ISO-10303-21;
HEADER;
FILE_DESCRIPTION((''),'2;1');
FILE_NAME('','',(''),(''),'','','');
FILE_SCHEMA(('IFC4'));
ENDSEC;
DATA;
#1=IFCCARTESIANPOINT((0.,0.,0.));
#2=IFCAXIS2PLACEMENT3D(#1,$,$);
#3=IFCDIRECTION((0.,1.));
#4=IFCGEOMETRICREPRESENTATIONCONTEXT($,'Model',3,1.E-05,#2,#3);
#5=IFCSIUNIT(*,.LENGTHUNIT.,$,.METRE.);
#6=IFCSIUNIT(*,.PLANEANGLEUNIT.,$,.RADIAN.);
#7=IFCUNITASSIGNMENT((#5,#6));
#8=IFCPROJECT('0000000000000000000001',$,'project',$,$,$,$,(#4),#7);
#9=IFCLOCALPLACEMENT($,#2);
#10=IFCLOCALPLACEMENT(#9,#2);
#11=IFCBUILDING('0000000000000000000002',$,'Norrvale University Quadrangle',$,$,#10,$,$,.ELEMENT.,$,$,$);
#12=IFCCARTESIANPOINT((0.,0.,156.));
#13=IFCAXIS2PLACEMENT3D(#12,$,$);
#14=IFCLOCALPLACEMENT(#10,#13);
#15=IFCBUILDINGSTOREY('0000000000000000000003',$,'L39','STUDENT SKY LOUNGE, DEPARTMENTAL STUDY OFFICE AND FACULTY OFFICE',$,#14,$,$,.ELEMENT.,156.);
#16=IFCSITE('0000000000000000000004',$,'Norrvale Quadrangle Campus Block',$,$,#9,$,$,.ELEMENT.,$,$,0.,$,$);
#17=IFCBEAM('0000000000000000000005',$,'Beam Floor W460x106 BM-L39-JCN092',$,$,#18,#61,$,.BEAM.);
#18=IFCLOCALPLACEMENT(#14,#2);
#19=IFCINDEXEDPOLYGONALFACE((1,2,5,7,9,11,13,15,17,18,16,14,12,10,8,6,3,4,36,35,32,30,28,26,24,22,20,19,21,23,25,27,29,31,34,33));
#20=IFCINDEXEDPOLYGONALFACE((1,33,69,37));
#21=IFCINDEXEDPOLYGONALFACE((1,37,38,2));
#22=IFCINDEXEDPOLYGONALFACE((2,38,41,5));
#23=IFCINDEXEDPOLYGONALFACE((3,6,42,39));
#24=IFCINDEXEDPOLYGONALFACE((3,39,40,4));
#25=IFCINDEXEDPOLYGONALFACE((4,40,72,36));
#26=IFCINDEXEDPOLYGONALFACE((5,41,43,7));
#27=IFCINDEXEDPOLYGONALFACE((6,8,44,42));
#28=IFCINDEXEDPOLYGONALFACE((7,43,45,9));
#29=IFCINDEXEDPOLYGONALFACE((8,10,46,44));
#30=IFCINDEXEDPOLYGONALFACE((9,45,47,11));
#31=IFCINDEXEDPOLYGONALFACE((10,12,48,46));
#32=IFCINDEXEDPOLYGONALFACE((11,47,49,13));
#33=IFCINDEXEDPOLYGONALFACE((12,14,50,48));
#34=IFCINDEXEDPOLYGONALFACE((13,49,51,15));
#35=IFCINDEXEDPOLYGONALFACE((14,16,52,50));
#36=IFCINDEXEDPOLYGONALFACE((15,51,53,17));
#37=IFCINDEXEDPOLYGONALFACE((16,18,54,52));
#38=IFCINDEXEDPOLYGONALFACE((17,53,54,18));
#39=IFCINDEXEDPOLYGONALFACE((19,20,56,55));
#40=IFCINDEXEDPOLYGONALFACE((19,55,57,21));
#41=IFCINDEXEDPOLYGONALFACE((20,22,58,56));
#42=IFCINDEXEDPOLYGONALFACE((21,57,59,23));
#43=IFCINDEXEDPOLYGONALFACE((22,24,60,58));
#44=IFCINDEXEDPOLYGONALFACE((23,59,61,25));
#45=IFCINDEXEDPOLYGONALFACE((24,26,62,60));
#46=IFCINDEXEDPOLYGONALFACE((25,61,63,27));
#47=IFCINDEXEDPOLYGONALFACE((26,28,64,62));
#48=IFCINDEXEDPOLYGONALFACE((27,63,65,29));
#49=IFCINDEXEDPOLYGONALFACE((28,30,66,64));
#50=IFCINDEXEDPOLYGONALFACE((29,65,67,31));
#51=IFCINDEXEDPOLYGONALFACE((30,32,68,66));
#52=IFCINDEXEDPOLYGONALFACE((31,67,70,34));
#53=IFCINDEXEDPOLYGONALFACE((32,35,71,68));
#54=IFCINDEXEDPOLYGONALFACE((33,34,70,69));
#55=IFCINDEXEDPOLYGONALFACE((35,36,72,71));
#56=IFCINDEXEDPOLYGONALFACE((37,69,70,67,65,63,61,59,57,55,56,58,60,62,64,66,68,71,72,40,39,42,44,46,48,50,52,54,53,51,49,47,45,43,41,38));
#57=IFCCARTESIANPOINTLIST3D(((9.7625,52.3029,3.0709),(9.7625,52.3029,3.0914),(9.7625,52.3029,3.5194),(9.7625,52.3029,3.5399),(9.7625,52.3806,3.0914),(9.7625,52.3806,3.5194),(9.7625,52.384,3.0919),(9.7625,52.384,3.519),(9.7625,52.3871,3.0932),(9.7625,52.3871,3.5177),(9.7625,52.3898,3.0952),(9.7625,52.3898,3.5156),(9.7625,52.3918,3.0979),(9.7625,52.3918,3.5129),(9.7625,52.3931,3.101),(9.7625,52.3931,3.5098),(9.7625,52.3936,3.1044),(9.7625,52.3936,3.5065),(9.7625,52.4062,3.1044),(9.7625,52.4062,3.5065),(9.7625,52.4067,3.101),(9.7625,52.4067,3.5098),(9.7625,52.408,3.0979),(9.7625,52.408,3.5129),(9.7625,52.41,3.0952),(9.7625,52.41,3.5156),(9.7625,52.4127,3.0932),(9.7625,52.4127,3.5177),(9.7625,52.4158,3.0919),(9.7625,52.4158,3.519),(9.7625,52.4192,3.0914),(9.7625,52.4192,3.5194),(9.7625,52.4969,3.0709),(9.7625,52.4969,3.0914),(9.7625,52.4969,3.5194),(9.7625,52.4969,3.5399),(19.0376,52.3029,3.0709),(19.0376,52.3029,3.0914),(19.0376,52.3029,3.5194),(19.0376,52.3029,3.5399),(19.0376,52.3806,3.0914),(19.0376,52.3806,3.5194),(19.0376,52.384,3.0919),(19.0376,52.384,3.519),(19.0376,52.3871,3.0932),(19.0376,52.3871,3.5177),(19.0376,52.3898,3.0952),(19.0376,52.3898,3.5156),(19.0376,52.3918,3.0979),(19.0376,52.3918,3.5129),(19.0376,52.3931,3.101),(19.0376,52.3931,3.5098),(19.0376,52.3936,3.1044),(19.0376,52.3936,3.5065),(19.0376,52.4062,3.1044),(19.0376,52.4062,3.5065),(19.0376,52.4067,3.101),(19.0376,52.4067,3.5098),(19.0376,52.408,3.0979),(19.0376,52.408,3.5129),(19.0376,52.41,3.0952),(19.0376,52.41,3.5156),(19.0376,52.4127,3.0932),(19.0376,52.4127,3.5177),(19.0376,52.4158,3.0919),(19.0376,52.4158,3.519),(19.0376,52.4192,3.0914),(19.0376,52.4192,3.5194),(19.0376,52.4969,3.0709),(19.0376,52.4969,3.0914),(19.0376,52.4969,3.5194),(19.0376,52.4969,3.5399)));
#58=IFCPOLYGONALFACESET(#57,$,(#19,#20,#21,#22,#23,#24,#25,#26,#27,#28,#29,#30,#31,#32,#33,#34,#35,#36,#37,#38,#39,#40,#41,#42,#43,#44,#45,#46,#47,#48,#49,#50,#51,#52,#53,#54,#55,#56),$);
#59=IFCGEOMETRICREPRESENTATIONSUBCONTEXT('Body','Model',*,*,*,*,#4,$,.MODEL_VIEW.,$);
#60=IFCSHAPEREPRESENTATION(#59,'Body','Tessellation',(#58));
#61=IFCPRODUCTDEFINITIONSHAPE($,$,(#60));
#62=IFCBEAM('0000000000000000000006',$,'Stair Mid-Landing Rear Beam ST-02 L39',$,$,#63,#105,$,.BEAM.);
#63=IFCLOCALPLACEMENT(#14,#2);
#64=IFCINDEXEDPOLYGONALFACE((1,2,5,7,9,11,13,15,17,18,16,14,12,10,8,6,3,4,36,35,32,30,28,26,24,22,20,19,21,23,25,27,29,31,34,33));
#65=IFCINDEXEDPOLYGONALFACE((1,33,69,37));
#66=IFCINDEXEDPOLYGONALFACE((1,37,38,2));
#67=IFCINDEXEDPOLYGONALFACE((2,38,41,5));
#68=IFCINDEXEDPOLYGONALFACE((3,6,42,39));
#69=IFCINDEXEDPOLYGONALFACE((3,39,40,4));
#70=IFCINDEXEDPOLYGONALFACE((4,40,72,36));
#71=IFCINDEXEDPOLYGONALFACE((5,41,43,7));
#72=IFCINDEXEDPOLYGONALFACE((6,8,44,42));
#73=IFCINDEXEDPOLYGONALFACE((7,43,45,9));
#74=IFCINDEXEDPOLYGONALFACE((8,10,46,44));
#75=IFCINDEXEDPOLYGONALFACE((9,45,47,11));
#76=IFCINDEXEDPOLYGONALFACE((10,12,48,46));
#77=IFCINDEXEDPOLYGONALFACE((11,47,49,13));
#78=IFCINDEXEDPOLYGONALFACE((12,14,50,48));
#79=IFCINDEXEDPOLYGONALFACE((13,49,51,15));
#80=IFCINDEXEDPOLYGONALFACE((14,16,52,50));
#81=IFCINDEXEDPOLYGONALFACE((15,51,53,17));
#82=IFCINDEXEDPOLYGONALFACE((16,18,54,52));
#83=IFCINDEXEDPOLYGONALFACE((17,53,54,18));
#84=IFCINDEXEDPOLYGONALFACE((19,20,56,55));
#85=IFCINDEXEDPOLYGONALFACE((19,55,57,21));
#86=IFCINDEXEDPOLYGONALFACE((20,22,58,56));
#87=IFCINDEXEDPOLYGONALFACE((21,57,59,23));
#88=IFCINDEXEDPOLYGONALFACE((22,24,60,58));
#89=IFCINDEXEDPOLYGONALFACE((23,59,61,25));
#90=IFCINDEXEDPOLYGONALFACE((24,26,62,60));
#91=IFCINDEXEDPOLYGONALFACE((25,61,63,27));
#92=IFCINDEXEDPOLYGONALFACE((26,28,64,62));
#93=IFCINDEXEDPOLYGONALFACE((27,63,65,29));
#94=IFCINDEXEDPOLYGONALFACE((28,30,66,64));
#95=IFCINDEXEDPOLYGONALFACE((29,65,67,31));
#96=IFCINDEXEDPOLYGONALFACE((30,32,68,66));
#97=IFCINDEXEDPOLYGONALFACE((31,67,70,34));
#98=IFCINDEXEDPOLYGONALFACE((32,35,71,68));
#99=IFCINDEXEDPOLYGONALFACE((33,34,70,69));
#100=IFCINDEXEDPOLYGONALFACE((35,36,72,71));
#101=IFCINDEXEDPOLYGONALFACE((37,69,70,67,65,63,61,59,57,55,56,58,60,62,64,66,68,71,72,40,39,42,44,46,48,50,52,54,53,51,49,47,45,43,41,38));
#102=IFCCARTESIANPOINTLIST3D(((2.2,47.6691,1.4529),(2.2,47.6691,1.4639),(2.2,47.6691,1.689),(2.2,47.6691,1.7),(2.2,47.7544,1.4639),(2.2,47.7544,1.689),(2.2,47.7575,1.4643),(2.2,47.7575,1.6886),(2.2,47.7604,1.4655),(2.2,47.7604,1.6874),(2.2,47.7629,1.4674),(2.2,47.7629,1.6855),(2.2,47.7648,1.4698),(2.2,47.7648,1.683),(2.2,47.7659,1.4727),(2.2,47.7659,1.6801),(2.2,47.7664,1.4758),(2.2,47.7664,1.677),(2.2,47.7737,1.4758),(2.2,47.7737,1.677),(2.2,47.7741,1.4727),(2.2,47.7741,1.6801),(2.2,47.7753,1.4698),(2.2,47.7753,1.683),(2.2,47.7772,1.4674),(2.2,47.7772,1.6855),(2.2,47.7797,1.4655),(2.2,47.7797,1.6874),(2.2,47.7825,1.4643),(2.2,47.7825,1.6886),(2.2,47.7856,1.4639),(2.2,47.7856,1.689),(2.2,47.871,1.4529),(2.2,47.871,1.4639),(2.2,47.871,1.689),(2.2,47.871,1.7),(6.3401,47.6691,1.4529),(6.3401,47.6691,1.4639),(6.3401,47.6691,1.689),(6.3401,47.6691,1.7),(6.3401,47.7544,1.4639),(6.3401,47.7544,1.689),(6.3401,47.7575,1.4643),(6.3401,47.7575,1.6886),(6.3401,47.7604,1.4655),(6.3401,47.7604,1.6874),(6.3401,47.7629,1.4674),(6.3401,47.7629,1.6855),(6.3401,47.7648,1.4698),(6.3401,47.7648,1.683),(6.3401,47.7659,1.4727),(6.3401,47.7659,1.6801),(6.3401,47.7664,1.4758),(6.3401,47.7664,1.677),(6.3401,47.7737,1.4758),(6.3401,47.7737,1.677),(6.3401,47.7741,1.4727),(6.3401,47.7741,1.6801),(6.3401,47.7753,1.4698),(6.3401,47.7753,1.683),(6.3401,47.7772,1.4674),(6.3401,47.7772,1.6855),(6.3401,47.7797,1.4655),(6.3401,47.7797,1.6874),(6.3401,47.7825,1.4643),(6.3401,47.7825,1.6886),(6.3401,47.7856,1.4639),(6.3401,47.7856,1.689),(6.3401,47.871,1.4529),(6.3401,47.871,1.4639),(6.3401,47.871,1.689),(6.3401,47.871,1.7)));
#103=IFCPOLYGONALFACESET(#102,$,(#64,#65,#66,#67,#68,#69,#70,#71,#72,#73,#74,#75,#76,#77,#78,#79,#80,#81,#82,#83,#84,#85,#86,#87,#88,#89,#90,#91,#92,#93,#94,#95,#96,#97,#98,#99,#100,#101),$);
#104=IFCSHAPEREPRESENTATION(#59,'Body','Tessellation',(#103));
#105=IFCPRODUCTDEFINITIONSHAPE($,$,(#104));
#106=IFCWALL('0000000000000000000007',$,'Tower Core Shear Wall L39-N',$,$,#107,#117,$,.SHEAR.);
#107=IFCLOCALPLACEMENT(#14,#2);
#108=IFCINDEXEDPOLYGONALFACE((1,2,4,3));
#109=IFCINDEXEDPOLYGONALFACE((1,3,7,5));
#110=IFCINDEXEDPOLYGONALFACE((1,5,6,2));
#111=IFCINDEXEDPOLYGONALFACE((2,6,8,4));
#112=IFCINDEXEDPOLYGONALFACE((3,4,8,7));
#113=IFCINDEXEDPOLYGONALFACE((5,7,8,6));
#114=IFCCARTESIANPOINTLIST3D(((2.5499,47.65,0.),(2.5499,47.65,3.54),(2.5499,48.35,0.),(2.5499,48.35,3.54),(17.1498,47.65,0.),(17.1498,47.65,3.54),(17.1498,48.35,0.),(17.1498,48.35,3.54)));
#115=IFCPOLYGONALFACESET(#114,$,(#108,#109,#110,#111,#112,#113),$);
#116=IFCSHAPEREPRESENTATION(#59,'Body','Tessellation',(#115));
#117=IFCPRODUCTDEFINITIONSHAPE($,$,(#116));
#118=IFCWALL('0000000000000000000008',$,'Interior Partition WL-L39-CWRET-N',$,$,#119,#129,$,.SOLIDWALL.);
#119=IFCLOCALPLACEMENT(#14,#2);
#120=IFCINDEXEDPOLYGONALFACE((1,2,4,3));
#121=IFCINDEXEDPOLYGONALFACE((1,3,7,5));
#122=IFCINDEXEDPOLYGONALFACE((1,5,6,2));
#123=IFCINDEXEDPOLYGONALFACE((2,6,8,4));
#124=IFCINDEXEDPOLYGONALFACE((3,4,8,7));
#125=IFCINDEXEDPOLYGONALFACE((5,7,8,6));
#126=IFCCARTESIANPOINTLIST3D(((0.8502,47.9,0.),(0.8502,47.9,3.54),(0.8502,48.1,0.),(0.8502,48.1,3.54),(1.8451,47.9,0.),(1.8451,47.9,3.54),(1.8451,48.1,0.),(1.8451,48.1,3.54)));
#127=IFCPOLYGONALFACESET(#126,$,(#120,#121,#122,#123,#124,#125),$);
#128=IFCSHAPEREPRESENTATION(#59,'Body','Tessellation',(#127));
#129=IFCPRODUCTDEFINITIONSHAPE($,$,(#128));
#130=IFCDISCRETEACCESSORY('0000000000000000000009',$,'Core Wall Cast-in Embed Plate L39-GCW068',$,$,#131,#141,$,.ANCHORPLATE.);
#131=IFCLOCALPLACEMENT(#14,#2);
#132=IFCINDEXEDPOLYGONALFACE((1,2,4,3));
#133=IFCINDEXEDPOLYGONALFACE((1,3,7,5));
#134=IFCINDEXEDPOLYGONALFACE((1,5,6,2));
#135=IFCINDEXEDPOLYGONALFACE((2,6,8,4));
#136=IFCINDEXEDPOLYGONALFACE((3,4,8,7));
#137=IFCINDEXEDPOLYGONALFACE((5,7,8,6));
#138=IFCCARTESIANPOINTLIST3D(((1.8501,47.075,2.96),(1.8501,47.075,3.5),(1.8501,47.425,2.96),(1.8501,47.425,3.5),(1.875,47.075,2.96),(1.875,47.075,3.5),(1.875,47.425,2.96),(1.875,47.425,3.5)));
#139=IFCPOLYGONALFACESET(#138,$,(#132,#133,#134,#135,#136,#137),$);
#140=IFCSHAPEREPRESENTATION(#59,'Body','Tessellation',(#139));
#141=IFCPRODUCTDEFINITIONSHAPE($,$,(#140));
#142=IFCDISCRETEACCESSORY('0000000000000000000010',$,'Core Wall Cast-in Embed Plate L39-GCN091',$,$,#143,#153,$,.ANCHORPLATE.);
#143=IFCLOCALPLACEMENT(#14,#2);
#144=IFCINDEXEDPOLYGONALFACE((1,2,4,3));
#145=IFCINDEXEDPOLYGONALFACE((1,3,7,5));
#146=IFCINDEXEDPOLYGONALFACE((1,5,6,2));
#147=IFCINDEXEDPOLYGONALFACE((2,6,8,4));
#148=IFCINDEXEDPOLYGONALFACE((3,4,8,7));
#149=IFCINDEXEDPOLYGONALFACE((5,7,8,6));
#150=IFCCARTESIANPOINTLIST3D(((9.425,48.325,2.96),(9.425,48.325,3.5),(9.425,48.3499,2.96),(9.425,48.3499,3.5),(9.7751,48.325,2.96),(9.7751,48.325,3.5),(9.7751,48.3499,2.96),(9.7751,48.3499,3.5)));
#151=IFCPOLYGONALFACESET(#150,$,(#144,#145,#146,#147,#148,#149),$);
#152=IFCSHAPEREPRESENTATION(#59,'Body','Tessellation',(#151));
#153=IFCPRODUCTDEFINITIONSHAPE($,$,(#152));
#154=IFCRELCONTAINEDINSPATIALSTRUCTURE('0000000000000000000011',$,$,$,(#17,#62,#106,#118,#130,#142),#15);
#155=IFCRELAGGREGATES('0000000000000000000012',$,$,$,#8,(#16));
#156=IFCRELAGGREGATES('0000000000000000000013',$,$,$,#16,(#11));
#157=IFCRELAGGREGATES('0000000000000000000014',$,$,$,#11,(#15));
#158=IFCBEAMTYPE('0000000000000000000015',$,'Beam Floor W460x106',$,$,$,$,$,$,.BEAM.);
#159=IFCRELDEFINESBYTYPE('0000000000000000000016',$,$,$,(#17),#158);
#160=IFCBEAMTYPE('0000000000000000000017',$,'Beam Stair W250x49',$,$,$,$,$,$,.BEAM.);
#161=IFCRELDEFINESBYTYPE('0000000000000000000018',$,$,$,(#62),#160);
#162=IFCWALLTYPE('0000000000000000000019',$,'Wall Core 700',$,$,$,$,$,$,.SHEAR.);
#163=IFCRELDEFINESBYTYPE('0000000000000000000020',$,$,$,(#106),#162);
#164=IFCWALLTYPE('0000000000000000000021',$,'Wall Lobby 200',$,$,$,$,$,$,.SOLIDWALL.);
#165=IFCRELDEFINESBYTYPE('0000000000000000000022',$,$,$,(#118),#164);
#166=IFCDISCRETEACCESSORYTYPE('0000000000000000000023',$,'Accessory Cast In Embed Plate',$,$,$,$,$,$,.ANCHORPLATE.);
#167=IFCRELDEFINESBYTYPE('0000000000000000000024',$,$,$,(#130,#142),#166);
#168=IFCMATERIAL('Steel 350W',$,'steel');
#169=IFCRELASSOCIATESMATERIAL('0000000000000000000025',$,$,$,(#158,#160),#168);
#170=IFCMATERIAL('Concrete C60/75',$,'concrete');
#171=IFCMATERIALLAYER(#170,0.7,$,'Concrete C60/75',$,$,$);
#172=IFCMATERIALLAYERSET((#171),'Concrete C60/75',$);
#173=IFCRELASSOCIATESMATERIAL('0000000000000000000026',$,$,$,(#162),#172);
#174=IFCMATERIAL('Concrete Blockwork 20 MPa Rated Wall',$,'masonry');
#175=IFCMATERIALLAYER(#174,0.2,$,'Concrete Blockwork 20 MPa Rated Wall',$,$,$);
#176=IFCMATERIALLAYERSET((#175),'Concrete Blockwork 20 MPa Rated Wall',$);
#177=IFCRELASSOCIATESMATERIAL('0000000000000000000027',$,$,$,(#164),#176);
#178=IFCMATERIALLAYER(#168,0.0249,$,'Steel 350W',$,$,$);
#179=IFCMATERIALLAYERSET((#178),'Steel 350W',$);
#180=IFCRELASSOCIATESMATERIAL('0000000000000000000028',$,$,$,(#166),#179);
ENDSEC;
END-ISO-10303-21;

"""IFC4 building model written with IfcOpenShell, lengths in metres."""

from ifc_helpers import new_model, si_unit, direction, frame, frame_2d, origin, origin_2d, place, context, subcontext, project, spatial, rectangle, i_section, extrude, material, layer, layer_set, material_profile, profile_set, type_object, element, save


model = new_model("IFC4")

# Units and contexts
model_context = context("Model", 3, precision=1e-05, world=origin(), true_north=direction((0.0, 1.0)))
body_context = subcontext(model_context, "Body", "Model", "MODEL_VIEW")
ifc_project = project(units=[si_unit("LENGTHUNIT", "METRE"), si_unit("PLANEANGLEUNIT", "RADIAN")], contexts=[model_context])

# Site, building, storey
site_placement = place(None, origin())
site = spatial("IfcSite", under=ifc_project, at=site_placement, Name="Norrvale Quadrangle Campus Block", CompositionType="ELEMENT", RefElevation=0.0)
building_placement = place(site_placement, origin())
building = spatial("IfcBuilding", under=site, at=building_placement, Name="Norrvale University Quadrangle", CompositionType="ELEMENT")
storey_placement = place(building_placement, frame((0.0, 0.0, 156.0)))
storey = spatial("IfcBuildingStorey", under=building, at=storey_placement, Name="L39", Description="STUDENT SKY LOUNGE, DEPARTMENTAL STUDY OFFICE AND FACULTY OFFICE", CompositionType="ELEMENT", Elevation=156.0)

# Shared definitions
ifc_material_1 = material(Name="Concrete C60/75", Category="concrete")

# Beams
ifc_material_2 = material(Name="Steel 350W", Category="steel")
ifc_material_profile_1 = material_profile(ifc_material_2, i_section(OverallWidth=0.1941, OverallDepth=0.469, WebThickness=0.0127, FlangeThickness=0.0205, FilletRadius=0.0129, at=origin_2d()), Name="Steel 350W")
ifc_profile_set_1 = profile_set([ifc_material_profile_1], Name="Steel 350W")
beam_type_1 = type_object("IfcBeamType", Name="Beam Floor W460x106", PredefinedType="BEAM", material=ifc_profile_set_1)
beam_1_placement = place(storey_placement, frame((9.7625, 52.3999, 3.3054), z_axis=(1.0, 0.0, 0.0), x_axis=(0.0, 1.0, 0.0)))
element("IfcBeam", 1, at=beam_1_placement, inside=storey, type_object=beam_type_1, Name="Beam Floor W460x106 BM-L39-JCN092", PredefinedType="BEAM", context=body_context, shape_type="SweptSolid", body=[
    extrude(i_section(OverallWidth=0.1941, OverallDepth=0.469, WebThickness=0.0127, FlangeThickness=0.0205, FilletRadius=0.0129, at=origin_2d()), origin(), (0.0, 0.0, 1.0), 9.2751),
])
ifc_material_profile_2 = material_profile(ifc_material_2, i_section(OverallWidth=0.2019, OverallDepth=0.2471, WebThickness=0.0073, FlangeThickness=0.011, FilletRadius=0.012, at=origin_2d()), Name="Steel 350W")
ifc_profile_set_2 = profile_set([ifc_material_profile_2], Name="Steel 350W")
beam_type_2 = type_object("IfcBeamType", Name="Beam Stair W250x49", PredefinedType="BEAM", material=ifc_profile_set_2)
beam_2_placement = place(storey_placement, frame((2.2, 47.77, 1.5764), z_axis=(1.0, 0.0, 0.0), x_axis=(0.0, 1.0, 0.0)))
element("IfcBeam", 2, at=beam_2_placement, inside=storey, type_object=beam_type_2, Name="Stair Mid-Landing Rear Beam ST-02 L39", PredefinedType="BEAM", context=body_context, shape_type="SweptSolid", body=[
    extrude(i_section(OverallWidth=0.2019, OverallDepth=0.2471, WebThickness=0.0073, FlangeThickness=0.011, FilletRadius=0.012, at=origin_2d()), origin(), (0.0, 0.0, 1.0), 4.1401),
])

# Walls
ifc_layer_1 = layer(ifc_material_1, 0.7, Name="Concrete C60/75")
ifc_layer_set_1 = layer_set([ifc_layer_1], Name="Concrete C60/75")
wall_type_1 = type_object("IfcWallType", Name="Wall Core 700", PredefinedType="SHEAR", material=ifc_layer_set_1)
wall_1_placement = place(storey_placement, frame((2.55, 48.0, 0.0), z_axis=(0.0, 0.0, 1.0), x_axis=(1.0, 0.0, 0.0)))
element("IfcWall", 3, at=wall_1_placement, inside=storey, type_object=wall_type_1, Name="Tower Core Shear Wall L39-N", PredefinedType="SHEAR", context=body_context, shape_type="SweptSolid", body=[
    extrude(rectangle(XDim=14.5999, YDim=0.7, at=frame_2d((7.2998, 0.0))), origin(), (0.0, 0.0, 1.0), 3.54),
])
ifc_material_3 = material(Name="Concrete Blockwork 20 MPa Rated Wall", Category="masonry")
ifc_layer_2 = layer(ifc_material_3, 0.2, Name="Concrete Blockwork 20 MPa Rated Wall")
ifc_layer_set_2 = layer_set([ifc_layer_2], Name="Concrete Blockwork 20 MPa Rated Wall")
wall_type_2 = type_object("IfcWallType", Name="Wall Lobby 200", PredefinedType="SOLIDWALL", material=ifc_layer_set_2)
wall_2_placement = place(storey_placement, frame((0.8501, 48.0, 0.0), z_axis=(0.0, 0.0, 1.0), x_axis=(1.0, 0.0, 0.0)))
element("IfcWall", 4, at=wall_2_placement, inside=storey, type_object=wall_type_2, Name="Interior Partition WL-L39-CWRET-N", PredefinedType="SOLIDWALL", context=body_context, shape_type="SweptSolid", body=[
    extrude(rectangle(XDim=0.9949, YDim=0.2, at=frame_2d((0.4976, 0.0))), origin(), (0.0, 0.0, 1.0), 3.54),
])

# Discrete accessories
ifc_layer_3 = layer(ifc_material_2, 0.0249, Name="Steel 350W")
ifc_layer_set_3 = layer_set([ifc_layer_3], Name="Steel 350W")
discrete_accessory_type = type_object("IfcDiscreteAccessoryType", Name="Accessory Cast In Embed Plate", PredefinedType="ANCHORPLATE", material=ifc_layer_set_3)
discrete_accessory_1_placement = place(storey_placement, frame((1.8625, 47.25, 2.96), z_axis=(0.0, 0.0, 1.0), x_axis=(1.0, 0.0, 0.0)))
element("IfcDiscreteAccessory", 5, at=discrete_accessory_1_placement, inside=storey, type_object=discrete_accessory_type, Name="Core Wall Cast-in Embed Plate L39-GCW068", PredefinedType="ANCHORPLATE", context=body_context, shape_type="SweptSolid", body=[
    extrude(rectangle(XDim=0.0249, YDim=0.3501, at=origin_2d()), origin(), (0.0, 0.0, 1.0), 0.54),
])
discrete_accessory_2_placement = place(storey_placement, frame((9.6001, 48.3374, 2.96), z_axis=(0.0, 0.0, 1.0), x_axis=(1.0, 0.0, 0.0)))
element("IfcDiscreteAccessory", 6, at=discrete_accessory_2_placement, inside=storey, type_object=discrete_accessory_type, Name="Core Wall Cast-in Embed Plate L39-GCN091", PredefinedType="ANCHORPLATE", context=body_context, shape_type="SweptSolid", body=[
    extrude(rectangle(XDim=0.3501, YDim=0.0249, at=origin_2d()), origin(), (0.0, 0.0, 1.0), 0.54),
])

save(model, "model.ifc")
